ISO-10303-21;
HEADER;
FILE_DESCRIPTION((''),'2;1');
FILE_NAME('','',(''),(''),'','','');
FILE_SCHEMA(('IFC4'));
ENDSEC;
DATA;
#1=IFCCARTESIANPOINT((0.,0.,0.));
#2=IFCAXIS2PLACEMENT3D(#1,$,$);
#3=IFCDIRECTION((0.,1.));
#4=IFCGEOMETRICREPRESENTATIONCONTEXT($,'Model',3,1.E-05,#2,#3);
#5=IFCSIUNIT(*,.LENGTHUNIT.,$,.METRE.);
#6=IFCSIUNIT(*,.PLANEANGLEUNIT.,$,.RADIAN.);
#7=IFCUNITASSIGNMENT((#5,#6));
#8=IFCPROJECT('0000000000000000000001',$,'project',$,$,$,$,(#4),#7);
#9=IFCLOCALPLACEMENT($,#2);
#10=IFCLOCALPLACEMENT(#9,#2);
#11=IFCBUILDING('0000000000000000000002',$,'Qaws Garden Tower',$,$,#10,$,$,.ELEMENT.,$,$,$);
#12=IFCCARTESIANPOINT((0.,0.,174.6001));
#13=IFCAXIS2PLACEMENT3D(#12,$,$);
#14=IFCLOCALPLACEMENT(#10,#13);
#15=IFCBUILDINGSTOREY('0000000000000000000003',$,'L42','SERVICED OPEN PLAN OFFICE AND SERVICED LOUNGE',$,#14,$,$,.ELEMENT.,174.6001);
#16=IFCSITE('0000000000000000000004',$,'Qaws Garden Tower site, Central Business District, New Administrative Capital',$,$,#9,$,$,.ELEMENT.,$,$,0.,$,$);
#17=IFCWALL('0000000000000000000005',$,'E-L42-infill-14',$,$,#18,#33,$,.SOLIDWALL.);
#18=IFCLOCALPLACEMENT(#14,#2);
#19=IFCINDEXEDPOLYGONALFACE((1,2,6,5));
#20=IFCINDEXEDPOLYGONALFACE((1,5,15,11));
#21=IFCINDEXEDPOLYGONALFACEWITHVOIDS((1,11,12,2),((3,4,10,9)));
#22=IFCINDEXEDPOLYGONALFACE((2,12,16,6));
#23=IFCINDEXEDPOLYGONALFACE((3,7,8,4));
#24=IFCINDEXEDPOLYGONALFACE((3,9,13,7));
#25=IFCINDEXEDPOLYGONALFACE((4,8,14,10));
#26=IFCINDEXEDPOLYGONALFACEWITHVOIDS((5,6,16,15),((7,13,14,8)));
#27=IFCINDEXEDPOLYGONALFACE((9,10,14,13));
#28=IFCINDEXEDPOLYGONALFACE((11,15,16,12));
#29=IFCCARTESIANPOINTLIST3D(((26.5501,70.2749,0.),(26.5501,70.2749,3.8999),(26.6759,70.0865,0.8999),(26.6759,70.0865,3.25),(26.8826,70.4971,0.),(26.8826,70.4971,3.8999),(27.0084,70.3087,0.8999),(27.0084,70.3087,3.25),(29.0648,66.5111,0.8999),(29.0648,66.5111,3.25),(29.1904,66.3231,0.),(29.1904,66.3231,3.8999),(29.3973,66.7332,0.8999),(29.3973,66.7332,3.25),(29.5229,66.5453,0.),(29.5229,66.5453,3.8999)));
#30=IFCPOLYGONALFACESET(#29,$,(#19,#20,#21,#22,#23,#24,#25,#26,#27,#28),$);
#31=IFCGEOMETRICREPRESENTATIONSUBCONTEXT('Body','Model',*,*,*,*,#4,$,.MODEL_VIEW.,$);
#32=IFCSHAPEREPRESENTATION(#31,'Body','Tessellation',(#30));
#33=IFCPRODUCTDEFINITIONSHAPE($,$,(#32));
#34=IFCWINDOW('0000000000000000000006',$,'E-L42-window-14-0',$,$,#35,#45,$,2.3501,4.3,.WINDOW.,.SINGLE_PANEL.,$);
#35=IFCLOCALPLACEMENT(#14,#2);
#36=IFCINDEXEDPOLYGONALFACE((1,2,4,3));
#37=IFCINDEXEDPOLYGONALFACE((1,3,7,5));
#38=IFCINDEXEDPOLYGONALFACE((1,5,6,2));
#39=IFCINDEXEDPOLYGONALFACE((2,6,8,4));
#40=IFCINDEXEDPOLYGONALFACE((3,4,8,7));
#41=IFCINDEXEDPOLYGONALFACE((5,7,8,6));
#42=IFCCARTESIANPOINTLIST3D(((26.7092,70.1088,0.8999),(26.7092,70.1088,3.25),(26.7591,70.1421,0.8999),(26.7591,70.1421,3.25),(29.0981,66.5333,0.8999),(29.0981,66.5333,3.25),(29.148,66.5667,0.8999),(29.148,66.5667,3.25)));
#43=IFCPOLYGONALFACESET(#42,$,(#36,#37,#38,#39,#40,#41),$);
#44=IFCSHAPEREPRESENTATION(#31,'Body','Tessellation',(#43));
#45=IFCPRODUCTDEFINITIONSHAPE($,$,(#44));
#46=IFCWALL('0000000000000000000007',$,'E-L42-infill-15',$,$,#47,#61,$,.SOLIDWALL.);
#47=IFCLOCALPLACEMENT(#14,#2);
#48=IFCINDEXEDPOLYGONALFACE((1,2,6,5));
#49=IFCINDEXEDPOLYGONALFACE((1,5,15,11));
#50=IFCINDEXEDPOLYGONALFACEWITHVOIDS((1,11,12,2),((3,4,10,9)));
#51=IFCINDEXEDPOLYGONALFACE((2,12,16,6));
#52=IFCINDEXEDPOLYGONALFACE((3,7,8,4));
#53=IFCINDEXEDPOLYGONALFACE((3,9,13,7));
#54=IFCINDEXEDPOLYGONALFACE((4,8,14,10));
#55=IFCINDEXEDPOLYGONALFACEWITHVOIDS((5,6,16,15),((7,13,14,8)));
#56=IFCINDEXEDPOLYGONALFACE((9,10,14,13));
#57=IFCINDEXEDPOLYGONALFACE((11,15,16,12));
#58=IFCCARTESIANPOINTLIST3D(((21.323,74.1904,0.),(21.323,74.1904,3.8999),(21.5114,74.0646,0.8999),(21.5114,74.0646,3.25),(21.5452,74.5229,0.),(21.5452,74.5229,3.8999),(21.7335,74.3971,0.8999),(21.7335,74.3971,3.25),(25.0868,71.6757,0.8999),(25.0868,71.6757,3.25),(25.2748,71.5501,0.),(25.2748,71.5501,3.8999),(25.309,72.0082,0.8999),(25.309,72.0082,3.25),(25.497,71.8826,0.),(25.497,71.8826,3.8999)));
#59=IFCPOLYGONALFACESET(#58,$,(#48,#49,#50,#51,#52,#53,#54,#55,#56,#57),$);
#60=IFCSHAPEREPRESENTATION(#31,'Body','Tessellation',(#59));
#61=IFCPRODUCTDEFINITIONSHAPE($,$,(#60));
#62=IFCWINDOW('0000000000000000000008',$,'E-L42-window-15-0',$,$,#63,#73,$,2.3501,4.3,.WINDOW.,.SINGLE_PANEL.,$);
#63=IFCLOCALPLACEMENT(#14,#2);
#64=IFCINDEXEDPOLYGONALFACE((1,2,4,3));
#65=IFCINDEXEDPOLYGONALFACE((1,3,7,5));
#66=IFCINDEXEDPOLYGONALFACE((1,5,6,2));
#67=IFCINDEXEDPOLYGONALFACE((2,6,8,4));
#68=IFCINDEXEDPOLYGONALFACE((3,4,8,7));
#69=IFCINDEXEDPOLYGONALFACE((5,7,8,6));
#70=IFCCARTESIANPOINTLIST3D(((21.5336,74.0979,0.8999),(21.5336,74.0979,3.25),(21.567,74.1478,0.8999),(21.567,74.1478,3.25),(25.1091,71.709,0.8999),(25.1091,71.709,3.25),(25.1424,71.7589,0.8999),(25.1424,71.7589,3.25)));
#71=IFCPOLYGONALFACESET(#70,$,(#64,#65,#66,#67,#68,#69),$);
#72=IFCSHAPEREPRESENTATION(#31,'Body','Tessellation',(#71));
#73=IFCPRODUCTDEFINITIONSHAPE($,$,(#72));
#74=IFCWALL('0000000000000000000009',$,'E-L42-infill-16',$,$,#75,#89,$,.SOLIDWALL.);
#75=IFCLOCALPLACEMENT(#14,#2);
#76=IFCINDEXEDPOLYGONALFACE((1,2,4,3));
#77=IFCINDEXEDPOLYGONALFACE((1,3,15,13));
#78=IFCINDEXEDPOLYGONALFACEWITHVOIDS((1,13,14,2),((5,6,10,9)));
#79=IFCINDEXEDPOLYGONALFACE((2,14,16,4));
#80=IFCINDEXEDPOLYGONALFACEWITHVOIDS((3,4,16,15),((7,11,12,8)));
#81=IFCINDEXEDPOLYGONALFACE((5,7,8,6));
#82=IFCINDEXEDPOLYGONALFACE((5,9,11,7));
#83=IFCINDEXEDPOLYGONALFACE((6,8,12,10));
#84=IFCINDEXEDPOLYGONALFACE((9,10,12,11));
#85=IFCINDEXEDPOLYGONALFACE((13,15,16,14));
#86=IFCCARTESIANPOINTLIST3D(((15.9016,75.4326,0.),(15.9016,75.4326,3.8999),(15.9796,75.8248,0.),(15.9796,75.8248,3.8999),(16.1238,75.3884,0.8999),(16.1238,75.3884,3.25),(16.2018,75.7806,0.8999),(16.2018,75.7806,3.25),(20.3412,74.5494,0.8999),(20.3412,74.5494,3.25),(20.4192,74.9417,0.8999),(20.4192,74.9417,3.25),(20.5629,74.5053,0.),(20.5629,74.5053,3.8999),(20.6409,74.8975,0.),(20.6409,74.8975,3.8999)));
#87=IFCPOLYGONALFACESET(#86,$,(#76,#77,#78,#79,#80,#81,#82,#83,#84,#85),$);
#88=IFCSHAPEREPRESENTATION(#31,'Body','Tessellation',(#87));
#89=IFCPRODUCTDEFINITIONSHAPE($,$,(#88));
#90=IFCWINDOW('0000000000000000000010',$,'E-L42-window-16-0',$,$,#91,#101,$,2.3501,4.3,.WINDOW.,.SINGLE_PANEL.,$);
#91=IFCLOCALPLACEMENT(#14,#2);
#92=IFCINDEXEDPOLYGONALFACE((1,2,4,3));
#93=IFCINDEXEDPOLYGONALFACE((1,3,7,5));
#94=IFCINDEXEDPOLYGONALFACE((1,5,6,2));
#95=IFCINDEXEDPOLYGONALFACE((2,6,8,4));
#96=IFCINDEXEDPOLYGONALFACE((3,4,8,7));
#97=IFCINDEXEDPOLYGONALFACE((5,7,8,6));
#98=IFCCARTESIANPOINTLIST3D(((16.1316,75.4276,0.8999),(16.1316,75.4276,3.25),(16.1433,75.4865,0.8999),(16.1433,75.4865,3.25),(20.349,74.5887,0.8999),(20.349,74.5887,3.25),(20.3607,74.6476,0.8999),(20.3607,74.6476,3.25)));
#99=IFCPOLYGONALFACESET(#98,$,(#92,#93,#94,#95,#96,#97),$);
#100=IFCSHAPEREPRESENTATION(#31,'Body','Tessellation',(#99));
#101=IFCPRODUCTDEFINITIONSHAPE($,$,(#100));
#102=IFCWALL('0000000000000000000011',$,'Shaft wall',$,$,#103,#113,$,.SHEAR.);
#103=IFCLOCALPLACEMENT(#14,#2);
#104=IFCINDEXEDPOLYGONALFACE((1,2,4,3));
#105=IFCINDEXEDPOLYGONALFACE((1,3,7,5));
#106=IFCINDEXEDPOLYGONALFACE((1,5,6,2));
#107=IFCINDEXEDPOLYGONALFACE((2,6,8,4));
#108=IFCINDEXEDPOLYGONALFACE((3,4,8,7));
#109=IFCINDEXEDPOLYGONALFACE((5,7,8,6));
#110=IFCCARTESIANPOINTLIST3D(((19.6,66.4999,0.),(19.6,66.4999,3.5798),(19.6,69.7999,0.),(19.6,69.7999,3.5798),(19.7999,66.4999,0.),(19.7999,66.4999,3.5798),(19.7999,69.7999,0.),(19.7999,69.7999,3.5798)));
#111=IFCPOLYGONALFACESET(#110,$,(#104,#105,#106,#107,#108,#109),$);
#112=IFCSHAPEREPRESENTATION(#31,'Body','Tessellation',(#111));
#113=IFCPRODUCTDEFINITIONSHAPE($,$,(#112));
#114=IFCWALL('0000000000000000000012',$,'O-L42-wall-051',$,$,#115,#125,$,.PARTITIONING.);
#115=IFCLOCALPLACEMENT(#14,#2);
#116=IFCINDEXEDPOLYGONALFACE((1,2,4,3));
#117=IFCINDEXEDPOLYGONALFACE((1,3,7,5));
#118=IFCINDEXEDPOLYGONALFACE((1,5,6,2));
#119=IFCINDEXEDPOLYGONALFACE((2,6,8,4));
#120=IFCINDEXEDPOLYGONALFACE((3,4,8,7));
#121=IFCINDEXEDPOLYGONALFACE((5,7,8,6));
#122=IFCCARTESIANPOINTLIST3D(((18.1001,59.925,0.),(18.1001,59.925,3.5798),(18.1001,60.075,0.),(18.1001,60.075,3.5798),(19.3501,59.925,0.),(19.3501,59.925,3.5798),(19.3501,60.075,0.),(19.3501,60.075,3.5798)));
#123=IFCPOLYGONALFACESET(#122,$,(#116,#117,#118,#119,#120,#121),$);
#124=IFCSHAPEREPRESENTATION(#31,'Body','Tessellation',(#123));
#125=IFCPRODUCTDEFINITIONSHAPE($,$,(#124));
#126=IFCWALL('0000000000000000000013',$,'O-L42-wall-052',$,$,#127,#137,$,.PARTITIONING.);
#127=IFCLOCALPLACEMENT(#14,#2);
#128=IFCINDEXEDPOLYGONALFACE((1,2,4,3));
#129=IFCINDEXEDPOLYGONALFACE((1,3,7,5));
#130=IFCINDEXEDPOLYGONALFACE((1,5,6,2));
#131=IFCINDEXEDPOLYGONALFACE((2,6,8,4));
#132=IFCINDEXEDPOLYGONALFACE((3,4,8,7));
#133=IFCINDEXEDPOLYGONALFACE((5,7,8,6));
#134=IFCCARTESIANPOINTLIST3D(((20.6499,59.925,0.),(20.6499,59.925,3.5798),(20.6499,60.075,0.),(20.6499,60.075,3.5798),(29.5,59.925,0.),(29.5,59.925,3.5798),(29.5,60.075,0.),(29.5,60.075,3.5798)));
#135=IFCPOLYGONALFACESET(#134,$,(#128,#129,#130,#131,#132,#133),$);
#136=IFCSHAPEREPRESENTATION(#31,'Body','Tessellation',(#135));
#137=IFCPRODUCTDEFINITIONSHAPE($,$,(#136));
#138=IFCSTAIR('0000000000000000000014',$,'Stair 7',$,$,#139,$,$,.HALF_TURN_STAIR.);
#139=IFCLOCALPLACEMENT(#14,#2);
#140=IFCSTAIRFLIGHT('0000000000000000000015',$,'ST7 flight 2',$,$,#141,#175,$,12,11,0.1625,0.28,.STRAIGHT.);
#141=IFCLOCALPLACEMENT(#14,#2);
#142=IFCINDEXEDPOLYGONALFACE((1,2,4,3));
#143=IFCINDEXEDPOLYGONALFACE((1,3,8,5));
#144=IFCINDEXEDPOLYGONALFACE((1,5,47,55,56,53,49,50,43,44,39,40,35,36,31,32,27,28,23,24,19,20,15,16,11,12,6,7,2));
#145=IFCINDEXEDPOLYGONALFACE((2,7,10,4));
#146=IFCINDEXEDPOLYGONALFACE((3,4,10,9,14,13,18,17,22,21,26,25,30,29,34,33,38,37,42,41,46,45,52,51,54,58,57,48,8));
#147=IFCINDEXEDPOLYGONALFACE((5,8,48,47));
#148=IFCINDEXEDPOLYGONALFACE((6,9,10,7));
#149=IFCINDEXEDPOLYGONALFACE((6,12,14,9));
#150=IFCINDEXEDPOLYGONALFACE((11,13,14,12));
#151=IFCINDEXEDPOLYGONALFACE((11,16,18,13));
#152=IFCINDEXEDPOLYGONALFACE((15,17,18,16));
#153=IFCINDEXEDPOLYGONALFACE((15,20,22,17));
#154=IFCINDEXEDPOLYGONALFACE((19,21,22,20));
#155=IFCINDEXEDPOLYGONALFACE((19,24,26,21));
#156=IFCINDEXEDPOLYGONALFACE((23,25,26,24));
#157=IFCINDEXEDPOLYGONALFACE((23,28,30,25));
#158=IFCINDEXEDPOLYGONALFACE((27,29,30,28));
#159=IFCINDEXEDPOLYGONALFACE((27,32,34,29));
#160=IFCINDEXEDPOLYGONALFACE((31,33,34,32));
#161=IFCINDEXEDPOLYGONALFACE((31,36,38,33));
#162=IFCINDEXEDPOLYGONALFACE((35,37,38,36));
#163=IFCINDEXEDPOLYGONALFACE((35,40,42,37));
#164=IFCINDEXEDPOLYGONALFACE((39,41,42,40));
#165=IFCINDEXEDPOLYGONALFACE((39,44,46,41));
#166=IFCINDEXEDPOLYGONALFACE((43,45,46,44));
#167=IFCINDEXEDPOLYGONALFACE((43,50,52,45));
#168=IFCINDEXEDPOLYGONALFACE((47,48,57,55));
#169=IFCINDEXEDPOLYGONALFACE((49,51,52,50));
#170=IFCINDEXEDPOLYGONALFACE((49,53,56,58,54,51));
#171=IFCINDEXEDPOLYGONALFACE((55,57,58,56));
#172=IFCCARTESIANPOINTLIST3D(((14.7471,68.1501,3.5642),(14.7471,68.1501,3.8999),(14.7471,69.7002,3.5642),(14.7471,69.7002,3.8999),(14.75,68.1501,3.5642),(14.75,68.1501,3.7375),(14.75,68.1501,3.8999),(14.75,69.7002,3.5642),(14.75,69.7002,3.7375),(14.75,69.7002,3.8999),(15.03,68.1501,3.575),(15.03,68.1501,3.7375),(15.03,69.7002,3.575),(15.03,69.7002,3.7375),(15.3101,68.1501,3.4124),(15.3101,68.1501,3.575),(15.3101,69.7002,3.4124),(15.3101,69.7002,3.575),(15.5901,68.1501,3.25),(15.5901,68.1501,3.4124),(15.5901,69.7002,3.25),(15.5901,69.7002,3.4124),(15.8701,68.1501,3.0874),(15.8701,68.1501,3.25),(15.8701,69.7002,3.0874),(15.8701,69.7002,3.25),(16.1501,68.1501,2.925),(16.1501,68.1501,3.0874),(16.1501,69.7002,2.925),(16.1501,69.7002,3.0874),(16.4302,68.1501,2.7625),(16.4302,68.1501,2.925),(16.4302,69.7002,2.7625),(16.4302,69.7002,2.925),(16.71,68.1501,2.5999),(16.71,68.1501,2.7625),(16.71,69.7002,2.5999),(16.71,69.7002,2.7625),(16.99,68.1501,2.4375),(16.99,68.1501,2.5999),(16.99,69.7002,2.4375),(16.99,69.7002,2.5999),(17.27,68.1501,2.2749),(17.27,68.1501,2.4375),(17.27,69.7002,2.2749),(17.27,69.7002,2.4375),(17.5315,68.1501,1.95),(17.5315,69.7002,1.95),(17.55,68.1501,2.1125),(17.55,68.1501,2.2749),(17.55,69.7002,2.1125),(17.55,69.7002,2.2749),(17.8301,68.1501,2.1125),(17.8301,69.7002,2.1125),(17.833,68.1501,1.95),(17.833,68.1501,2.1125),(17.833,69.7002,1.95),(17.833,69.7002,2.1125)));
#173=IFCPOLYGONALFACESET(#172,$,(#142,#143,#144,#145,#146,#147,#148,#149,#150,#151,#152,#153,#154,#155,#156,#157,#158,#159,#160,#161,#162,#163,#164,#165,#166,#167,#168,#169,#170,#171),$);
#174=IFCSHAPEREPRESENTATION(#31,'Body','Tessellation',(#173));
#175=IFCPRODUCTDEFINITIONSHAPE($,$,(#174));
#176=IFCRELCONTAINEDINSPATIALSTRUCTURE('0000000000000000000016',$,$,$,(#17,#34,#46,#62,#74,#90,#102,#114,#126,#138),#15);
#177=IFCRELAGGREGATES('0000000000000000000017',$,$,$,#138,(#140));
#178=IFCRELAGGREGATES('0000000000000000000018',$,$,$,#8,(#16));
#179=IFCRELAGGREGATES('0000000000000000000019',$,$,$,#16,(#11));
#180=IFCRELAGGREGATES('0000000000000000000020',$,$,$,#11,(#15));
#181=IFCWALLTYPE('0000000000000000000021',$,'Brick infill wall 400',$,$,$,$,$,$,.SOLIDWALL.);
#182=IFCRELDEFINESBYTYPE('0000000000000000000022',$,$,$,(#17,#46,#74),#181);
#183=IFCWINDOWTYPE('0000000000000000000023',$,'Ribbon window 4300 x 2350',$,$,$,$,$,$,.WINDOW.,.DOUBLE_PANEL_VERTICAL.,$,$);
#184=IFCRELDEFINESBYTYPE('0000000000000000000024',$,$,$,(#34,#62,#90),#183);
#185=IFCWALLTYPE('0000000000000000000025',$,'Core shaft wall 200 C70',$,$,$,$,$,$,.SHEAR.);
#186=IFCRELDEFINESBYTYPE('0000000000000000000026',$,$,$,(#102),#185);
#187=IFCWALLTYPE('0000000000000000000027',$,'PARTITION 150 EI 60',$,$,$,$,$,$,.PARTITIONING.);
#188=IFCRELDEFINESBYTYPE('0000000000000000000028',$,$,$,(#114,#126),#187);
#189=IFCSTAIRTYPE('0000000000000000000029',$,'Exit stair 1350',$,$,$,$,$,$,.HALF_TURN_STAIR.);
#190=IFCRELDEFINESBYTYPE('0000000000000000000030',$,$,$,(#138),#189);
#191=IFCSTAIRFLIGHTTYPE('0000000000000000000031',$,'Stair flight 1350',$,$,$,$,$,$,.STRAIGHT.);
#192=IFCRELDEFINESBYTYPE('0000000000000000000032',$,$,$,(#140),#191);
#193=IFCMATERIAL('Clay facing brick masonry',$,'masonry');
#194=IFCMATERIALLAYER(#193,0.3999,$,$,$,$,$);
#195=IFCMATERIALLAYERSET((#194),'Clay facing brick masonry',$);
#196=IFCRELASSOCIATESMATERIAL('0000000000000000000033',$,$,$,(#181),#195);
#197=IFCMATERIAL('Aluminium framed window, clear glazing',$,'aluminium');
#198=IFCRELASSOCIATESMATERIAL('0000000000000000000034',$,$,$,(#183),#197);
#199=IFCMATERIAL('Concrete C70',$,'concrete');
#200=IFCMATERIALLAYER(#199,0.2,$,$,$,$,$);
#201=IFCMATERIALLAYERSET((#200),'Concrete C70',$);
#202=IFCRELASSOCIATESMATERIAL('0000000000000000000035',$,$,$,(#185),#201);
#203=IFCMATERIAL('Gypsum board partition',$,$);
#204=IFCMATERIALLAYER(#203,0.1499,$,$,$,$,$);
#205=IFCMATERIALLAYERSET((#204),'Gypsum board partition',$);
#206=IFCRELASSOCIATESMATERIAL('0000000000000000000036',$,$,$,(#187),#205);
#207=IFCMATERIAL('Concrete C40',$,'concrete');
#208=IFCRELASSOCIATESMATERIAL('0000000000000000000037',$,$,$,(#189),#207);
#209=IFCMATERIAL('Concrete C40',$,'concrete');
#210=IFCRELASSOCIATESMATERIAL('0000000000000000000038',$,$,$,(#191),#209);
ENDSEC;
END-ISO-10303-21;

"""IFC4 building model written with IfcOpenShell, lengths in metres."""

from ifc_helpers import new_model, si_unit, direction, frame, frame_2d, origin, place, context, subcontext, project, spatial, polyline, rectangle, outline, extrude, material, layer, layer_set, type_object, element, fill, aggregate, save


model = new_model("IFC4")

# Units and contexts
model_context = context("Model", 3, precision=1e-05, world=origin(), true_north=direction((0.0, 1.0)))
body_context = subcontext(model_context, "Body", "Model", "MODEL_VIEW")
ifc_project = project(units=[si_unit("LENGTHUNIT", "METRE"), si_unit("PLANEANGLEUNIT", "RADIAN")], contexts=[model_context])

# Site, building, storey
site_placement = place(None, origin())
site = spatial("IfcSite", under=ifc_project, at=site_placement, Name="Qaws Garden Tower site, Central Business District, New Administrative Capital", CompositionType="ELEMENT", RefElevation=0.0)
building_placement = place(site_placement, origin())
building = spatial("IfcBuilding", under=site, at=building_placement, Name="Qaws Garden Tower", CompositionType="ELEMENT")
storey_placement = place(building_placement, frame((0.0, 0.0, 174.6001)))
storey = spatial("IfcBuildingStorey", under=building, at=storey_placement, Name="L42", Description="SERVICED OPEN PLAN OFFICE AND SERVICED LOUNGE", CompositionType="ELEMENT", Elevation=174.6001)

# Walls, openings, windows
ifc_material_1 = material(Name="Clay facing brick masonry", Category="masonry")
ifc_layer_1 = layer(ifc_material_1, 0.3999)
ifc_layer_set_1 = layer_set([ifc_layer_1], Name="Clay facing brick masonry")
wall_type_1 = type_object("IfcWallType", Name="Brick infill wall 400", PredefinedType="SOLIDWALL", material=ifc_layer_set_1)
ifc_material_2 = material(Name="Aluminium framed window, clear glazing", Category="aluminium")
window_type = type_object("IfcWindowType", Name="Ribbon window 4300 x 2350", PartitioningType="DOUBLE_PANEL_VERTICAL", PredefinedType="WINDOW", material=ifc_material_2)
wall_1_placement = place(storey_placement, frame((29.3567, 66.4341, 0.0), z_axis=(0.0, 0.0, 1.0), x_axis=(-0.555542, 0.831489, 0.0)))
wall_1 = element("IfcWall", 1, at=wall_1_placement, inside=storey, type_object=wall_type_1, Name="E-L42-infill-14", PredefinedType="SOLIDWALL", context=body_context, shape_type="SweptSolid", body=[
    extrude(rectangle(XDim=4.7527, YDim=0.3999, at=frame_2d((2.3765, 0.0))), origin(), (0.0, 0.0, 1.0), 3.8999),
])
opening_1_placement = place(wall_1_placement, frame((0.2263, 0.0, 0.8999)))
opening_1 = element("IfcOpeningElement", 2, at=opening_1_placement, cuts=wall_1, PredefinedType="OPENING", context=body_context, shape_type="SweptSolid", body=[
    extrude(rectangle(XDim=4.3, YDim=2.3501, at=frame_2d((2.1499, 1.175))), frame((0.0, 0.21, 0.0), z_axis=(0.0, -1.0, 0.0), x_axis=(1.0, 0.0, 0.0)), (0.0, 0.0, 1.0), 0.4199),
])
window_1_placement = place(opening_1_placement, origin())
window_1 = element("IfcWindow", 3, at=window_1_placement, inside=storey, type_object=window_type, Name="E-L42-window-14-0", OverallHeight=2.3501, OverallWidth=4.3, PartitioningType="SINGLE_PANEL", PredefinedType="WINDOW", context=body_context, shape_type="SweptSolid", body=[
    extrude(rectangle(XDim=4.3, YDim=2.3501, at=frame_2d((2.1499, 1.175))), frame((0.0, 0.1599, 0.0), z_axis=(0.0, -1.0, 0.0), x_axis=(1.0, 0.0, 0.0)), (0.0, 0.0, 1.0), 0.0601),
])
fill(opening_1, window_1)
wall_2_placement = place(storey_placement, frame((25.386, 71.7163, 0.0), z_axis=(0.0, 0.0, 1.0), x_axis=(-0.831489, 0.555542, 0.0)))
wall_2 = element("IfcWall", 4, at=wall_2_placement, inside=storey, type_object=wall_type_1, Name="E-L42-infill-15", PredefinedType="SOLIDWALL", context=body_context, shape_type="SweptSolid", body=[
    extrude(rectangle(XDim=4.7527, YDim=0.3999, at=frame_2d((2.3765, 0.0))), origin(), (0.0, 0.0, 1.0), 3.8999),
])
opening_2_placement = place(wall_2_placement, frame((0.2263, 0.0, 0.8999)))
opening_2 = element("IfcOpeningElement", 5, at=opening_2_placement, cuts=wall_2, PredefinedType="OPENING", context=body_context, shape_type="SweptSolid", body=[
    extrude(rectangle(XDim=4.3, YDim=2.3501, at=frame_2d((2.1499, 1.175))), frame((0.0, 0.21, 0.0), z_axis=(0.0, -1.0, 0.0), x_axis=(1.0, 0.0, 0.0)), (0.0, 0.0, 1.0), 0.4199),
])
window_2_placement = place(opening_2_placement, origin())
window_2 = element("IfcWindow", 6, at=window_2_placement, inside=storey, type_object=window_type, Name="E-L42-window-15-0", OverallHeight=2.3501, OverallWidth=4.3, PartitioningType="SINGLE_PANEL", PredefinedType="WINDOW", context=body_context, shape_type="SweptSolid", body=[
    extrude(rectangle(XDim=4.3, YDim=2.3501, at=frame_2d((2.1499, 1.175))), frame((0.0, 0.1599, 0.0), z_axis=(0.0, -1.0, 0.0), x_axis=(1.0, 0.0, 0.0)), (0.0, 0.0, 1.0), 0.0601),
])
fill(opening_2, window_2)
wall_3_placement = place(storey_placement, frame((20.6021, 74.7014, 0.0), z_axis=(0.0, 0.0, 1.0), x_axis=(-0.980784, 0.195099, 0.0)))
wall_3 = element("IfcWall", 7, at=wall_3_placement, inside=storey, type_object=wall_type_1, Name="E-L42-infill-16", PredefinedType="SOLIDWALL", context=body_context, shape_type="SweptSolid", body=[
    extrude(rectangle(XDim=4.7527, YDim=0.3999, at=frame_2d((2.3765, 0.0))), origin(), (0.0, 0.0, 1.0), 3.8999),
])
opening_3_placement = place(wall_3_placement, frame((0.2263, 0.0, 0.8999)))
opening_3 = element("IfcOpeningElement", 8, at=opening_3_placement, cuts=wall_3, PredefinedType="OPENING", context=body_context, shape_type="SweptSolid", body=[
    extrude(rectangle(XDim=4.3, YDim=2.3501, at=frame_2d((2.1499, 1.175))), frame((0.0, 0.21, 0.0), z_axis=(0.0, -1.0, 0.0), x_axis=(1.0, 0.0, 0.0)), (0.0, 0.0, 1.0), 0.4199),
])
window_3_placement = place(opening_3_placement, origin())
window_3 = element("IfcWindow", 9, at=window_3_placement, inside=storey, type_object=window_type, Name="E-L42-window-16-0", OverallHeight=2.3501, OverallWidth=4.3, PartitioningType="SINGLE_PANEL", PredefinedType="WINDOW", context=body_context, shape_type="SweptSolid", body=[
    extrude(rectangle(XDim=4.3, YDim=2.3501, at=frame_2d((2.1499, 1.175))), frame((0.0, 0.1599, 0.0), z_axis=(0.0, -1.0, 0.0), x_axis=(1.0, 0.0, 0.0)), (0.0, 0.0, 1.0), 0.0601),
])
fill(opening_3, window_3)

# Walls
ifc_material_3 = material(Name="Concrete C70", Category="concrete")
ifc_layer_2 = layer(ifc_material_3, 0.2)
ifc_layer_set_2 = layer_set([ifc_layer_2], Name="Concrete C70")
wall_type_2 = type_object("IfcWallType", Name="Core shaft wall 200 C70", PredefinedType="SHEAR", material=ifc_layer_set_2)
wall_4_placement = place(storey_placement, frame((19.7, 66.5, 0.0), z_axis=(0.0, 0.0, 1.0), x_axis=(0.0, 1.0, 0.0)))
element("IfcWall", 10, at=wall_4_placement, inside=storey, type_object=wall_type_2, Name="Shaft wall", PredefinedType="SHEAR", context=body_context, shape_type="SweptSolid", body=[
    extrude(rectangle(XDim=3.3, YDim=0.2, at=frame_2d((1.6499, 0.0))), origin(), (0.0, 0.0, 1.0), 3.5798),
])
ifc_material_4 = material(Name="Gypsum board partition")
ifc_layer_3 = layer(ifc_material_4, 0.1499)
ifc_layer_set_3 = layer_set([ifc_layer_3], Name="Gypsum board partition")
wall_type_3 = type_object("IfcWallType", Name="PARTITION 150 EI 60", PredefinedType="PARTITIONING", material=ifc_layer_set_3)
wall_5_placement = place(storey_placement, frame((18.1001, 60.0, 0.0), z_axis=(0.0, 0.0, 1.0), x_axis=(1.0, 0.0, 0.0)))
element("IfcWall", 11, at=wall_5_placement, inside=storey, type_object=wall_type_3, Name="O-L42-wall-051", PredefinedType="PARTITIONING", context=body_context, shape_type="SweptSolid", body=[
    extrude(rectangle(XDim=1.25, YDim=0.1499, at=frame_2d((0.625, 0.0))), origin(), (0.0, 0.0, 1.0), 3.5798),
])
wall_6_placement = place(storey_placement, frame((20.6499, 60.0, 0.0), z_axis=(0.0, 0.0, 1.0), x_axis=(1.0, 0.0, 0.0)))
element("IfcWall", 12, at=wall_6_placement, inside=storey, type_object=wall_type_3, Name="O-L42-wall-052", PredefinedType="PARTITIONING", context=body_context, shape_type="SweptSolid", body=[
    extrude(rectangle(XDim=8.8501, YDim=0.1499, at=frame_2d((4.425, 0.0))), origin(), (0.0, 0.0, 1.0), 3.5798),
])

# Stair, stair flight
ifc_material_5 = material(Name="Concrete C40", Category="concrete")
stair_type = type_object("IfcStairType", Name="Exit stair 1350", PredefinedType="HALF_TURN_STAIR", material=ifc_material_5)
stair_placement = place(storey_placement, origin())
stair = element("IfcStair", 13, at=stair_placement, inside=storey, type_object=stair_type, Name="Stair 7", PredefinedType="HALF_TURN_STAIR")
ifc_material_6 = material(Name="Concrete C40", Category="concrete")
stair_flight_type = type_object("IfcStairFlightType", Name="Stair flight 1350", PredefinedType="STRAIGHT", material=ifc_material_6)
stair_flight_placement = place(storey_placement, frame((17.8301, 68.925, 1.95), z_axis=(0.0, 0.0, 1.0), x_axis=(-1.0, 0.0, 0.0)))
stair_flight = element("IfcStairFlight", 14, at=stair_flight_placement, type_object=stair_flight_type, Name="ST7 flight 2", NumberOfRisers=12, NumberOfTreads=11, PredefinedType="STRAIGHT", RiserHeight=0.1625, TreadLength=0.28, context=body_context, shape_type="SweptSolid", body=[
    extrude(outline(polyline([(-0.0029, 0.0), (-0.0029, 0.1626), (0.0, 0.1626), (0.28, 0.1626), (0.28, 0.325), (0.5601, 0.325), (0.5601, 0.4875), (0.8401, 0.4875), (0.8401, 0.6499), (1.1201, 0.6499), (1.1201, 0.8125), (1.3999, 0.8125), (1.3999, 0.9751), (1.6799, 0.9751), (1.6799, 1.1375), (1.96, 1.1375), (1.96, 1.3), (2.24, 1.3), (2.24, 1.4624), (2.52, 1.4624), (2.52, 1.625), (2.8, 1.625), (2.8, 1.7876), (3.0801, 1.7876), (3.0801, 1.95), (3.083, 1.95), (3.083, 1.6143), (3.0801, 1.6143), (0.2986, 0.0), (-0.0029, 0.0)])), frame((0.0, 0.7749, 0.0), z_axis=(0.0, -1.0, 0.0), x_axis=(1.0, 0.0, 0.0)), (0.0, 0.0, 1.0), 1.55),
])
aggregate(stair, [stair_flight])

save(model, "model.ifc")
